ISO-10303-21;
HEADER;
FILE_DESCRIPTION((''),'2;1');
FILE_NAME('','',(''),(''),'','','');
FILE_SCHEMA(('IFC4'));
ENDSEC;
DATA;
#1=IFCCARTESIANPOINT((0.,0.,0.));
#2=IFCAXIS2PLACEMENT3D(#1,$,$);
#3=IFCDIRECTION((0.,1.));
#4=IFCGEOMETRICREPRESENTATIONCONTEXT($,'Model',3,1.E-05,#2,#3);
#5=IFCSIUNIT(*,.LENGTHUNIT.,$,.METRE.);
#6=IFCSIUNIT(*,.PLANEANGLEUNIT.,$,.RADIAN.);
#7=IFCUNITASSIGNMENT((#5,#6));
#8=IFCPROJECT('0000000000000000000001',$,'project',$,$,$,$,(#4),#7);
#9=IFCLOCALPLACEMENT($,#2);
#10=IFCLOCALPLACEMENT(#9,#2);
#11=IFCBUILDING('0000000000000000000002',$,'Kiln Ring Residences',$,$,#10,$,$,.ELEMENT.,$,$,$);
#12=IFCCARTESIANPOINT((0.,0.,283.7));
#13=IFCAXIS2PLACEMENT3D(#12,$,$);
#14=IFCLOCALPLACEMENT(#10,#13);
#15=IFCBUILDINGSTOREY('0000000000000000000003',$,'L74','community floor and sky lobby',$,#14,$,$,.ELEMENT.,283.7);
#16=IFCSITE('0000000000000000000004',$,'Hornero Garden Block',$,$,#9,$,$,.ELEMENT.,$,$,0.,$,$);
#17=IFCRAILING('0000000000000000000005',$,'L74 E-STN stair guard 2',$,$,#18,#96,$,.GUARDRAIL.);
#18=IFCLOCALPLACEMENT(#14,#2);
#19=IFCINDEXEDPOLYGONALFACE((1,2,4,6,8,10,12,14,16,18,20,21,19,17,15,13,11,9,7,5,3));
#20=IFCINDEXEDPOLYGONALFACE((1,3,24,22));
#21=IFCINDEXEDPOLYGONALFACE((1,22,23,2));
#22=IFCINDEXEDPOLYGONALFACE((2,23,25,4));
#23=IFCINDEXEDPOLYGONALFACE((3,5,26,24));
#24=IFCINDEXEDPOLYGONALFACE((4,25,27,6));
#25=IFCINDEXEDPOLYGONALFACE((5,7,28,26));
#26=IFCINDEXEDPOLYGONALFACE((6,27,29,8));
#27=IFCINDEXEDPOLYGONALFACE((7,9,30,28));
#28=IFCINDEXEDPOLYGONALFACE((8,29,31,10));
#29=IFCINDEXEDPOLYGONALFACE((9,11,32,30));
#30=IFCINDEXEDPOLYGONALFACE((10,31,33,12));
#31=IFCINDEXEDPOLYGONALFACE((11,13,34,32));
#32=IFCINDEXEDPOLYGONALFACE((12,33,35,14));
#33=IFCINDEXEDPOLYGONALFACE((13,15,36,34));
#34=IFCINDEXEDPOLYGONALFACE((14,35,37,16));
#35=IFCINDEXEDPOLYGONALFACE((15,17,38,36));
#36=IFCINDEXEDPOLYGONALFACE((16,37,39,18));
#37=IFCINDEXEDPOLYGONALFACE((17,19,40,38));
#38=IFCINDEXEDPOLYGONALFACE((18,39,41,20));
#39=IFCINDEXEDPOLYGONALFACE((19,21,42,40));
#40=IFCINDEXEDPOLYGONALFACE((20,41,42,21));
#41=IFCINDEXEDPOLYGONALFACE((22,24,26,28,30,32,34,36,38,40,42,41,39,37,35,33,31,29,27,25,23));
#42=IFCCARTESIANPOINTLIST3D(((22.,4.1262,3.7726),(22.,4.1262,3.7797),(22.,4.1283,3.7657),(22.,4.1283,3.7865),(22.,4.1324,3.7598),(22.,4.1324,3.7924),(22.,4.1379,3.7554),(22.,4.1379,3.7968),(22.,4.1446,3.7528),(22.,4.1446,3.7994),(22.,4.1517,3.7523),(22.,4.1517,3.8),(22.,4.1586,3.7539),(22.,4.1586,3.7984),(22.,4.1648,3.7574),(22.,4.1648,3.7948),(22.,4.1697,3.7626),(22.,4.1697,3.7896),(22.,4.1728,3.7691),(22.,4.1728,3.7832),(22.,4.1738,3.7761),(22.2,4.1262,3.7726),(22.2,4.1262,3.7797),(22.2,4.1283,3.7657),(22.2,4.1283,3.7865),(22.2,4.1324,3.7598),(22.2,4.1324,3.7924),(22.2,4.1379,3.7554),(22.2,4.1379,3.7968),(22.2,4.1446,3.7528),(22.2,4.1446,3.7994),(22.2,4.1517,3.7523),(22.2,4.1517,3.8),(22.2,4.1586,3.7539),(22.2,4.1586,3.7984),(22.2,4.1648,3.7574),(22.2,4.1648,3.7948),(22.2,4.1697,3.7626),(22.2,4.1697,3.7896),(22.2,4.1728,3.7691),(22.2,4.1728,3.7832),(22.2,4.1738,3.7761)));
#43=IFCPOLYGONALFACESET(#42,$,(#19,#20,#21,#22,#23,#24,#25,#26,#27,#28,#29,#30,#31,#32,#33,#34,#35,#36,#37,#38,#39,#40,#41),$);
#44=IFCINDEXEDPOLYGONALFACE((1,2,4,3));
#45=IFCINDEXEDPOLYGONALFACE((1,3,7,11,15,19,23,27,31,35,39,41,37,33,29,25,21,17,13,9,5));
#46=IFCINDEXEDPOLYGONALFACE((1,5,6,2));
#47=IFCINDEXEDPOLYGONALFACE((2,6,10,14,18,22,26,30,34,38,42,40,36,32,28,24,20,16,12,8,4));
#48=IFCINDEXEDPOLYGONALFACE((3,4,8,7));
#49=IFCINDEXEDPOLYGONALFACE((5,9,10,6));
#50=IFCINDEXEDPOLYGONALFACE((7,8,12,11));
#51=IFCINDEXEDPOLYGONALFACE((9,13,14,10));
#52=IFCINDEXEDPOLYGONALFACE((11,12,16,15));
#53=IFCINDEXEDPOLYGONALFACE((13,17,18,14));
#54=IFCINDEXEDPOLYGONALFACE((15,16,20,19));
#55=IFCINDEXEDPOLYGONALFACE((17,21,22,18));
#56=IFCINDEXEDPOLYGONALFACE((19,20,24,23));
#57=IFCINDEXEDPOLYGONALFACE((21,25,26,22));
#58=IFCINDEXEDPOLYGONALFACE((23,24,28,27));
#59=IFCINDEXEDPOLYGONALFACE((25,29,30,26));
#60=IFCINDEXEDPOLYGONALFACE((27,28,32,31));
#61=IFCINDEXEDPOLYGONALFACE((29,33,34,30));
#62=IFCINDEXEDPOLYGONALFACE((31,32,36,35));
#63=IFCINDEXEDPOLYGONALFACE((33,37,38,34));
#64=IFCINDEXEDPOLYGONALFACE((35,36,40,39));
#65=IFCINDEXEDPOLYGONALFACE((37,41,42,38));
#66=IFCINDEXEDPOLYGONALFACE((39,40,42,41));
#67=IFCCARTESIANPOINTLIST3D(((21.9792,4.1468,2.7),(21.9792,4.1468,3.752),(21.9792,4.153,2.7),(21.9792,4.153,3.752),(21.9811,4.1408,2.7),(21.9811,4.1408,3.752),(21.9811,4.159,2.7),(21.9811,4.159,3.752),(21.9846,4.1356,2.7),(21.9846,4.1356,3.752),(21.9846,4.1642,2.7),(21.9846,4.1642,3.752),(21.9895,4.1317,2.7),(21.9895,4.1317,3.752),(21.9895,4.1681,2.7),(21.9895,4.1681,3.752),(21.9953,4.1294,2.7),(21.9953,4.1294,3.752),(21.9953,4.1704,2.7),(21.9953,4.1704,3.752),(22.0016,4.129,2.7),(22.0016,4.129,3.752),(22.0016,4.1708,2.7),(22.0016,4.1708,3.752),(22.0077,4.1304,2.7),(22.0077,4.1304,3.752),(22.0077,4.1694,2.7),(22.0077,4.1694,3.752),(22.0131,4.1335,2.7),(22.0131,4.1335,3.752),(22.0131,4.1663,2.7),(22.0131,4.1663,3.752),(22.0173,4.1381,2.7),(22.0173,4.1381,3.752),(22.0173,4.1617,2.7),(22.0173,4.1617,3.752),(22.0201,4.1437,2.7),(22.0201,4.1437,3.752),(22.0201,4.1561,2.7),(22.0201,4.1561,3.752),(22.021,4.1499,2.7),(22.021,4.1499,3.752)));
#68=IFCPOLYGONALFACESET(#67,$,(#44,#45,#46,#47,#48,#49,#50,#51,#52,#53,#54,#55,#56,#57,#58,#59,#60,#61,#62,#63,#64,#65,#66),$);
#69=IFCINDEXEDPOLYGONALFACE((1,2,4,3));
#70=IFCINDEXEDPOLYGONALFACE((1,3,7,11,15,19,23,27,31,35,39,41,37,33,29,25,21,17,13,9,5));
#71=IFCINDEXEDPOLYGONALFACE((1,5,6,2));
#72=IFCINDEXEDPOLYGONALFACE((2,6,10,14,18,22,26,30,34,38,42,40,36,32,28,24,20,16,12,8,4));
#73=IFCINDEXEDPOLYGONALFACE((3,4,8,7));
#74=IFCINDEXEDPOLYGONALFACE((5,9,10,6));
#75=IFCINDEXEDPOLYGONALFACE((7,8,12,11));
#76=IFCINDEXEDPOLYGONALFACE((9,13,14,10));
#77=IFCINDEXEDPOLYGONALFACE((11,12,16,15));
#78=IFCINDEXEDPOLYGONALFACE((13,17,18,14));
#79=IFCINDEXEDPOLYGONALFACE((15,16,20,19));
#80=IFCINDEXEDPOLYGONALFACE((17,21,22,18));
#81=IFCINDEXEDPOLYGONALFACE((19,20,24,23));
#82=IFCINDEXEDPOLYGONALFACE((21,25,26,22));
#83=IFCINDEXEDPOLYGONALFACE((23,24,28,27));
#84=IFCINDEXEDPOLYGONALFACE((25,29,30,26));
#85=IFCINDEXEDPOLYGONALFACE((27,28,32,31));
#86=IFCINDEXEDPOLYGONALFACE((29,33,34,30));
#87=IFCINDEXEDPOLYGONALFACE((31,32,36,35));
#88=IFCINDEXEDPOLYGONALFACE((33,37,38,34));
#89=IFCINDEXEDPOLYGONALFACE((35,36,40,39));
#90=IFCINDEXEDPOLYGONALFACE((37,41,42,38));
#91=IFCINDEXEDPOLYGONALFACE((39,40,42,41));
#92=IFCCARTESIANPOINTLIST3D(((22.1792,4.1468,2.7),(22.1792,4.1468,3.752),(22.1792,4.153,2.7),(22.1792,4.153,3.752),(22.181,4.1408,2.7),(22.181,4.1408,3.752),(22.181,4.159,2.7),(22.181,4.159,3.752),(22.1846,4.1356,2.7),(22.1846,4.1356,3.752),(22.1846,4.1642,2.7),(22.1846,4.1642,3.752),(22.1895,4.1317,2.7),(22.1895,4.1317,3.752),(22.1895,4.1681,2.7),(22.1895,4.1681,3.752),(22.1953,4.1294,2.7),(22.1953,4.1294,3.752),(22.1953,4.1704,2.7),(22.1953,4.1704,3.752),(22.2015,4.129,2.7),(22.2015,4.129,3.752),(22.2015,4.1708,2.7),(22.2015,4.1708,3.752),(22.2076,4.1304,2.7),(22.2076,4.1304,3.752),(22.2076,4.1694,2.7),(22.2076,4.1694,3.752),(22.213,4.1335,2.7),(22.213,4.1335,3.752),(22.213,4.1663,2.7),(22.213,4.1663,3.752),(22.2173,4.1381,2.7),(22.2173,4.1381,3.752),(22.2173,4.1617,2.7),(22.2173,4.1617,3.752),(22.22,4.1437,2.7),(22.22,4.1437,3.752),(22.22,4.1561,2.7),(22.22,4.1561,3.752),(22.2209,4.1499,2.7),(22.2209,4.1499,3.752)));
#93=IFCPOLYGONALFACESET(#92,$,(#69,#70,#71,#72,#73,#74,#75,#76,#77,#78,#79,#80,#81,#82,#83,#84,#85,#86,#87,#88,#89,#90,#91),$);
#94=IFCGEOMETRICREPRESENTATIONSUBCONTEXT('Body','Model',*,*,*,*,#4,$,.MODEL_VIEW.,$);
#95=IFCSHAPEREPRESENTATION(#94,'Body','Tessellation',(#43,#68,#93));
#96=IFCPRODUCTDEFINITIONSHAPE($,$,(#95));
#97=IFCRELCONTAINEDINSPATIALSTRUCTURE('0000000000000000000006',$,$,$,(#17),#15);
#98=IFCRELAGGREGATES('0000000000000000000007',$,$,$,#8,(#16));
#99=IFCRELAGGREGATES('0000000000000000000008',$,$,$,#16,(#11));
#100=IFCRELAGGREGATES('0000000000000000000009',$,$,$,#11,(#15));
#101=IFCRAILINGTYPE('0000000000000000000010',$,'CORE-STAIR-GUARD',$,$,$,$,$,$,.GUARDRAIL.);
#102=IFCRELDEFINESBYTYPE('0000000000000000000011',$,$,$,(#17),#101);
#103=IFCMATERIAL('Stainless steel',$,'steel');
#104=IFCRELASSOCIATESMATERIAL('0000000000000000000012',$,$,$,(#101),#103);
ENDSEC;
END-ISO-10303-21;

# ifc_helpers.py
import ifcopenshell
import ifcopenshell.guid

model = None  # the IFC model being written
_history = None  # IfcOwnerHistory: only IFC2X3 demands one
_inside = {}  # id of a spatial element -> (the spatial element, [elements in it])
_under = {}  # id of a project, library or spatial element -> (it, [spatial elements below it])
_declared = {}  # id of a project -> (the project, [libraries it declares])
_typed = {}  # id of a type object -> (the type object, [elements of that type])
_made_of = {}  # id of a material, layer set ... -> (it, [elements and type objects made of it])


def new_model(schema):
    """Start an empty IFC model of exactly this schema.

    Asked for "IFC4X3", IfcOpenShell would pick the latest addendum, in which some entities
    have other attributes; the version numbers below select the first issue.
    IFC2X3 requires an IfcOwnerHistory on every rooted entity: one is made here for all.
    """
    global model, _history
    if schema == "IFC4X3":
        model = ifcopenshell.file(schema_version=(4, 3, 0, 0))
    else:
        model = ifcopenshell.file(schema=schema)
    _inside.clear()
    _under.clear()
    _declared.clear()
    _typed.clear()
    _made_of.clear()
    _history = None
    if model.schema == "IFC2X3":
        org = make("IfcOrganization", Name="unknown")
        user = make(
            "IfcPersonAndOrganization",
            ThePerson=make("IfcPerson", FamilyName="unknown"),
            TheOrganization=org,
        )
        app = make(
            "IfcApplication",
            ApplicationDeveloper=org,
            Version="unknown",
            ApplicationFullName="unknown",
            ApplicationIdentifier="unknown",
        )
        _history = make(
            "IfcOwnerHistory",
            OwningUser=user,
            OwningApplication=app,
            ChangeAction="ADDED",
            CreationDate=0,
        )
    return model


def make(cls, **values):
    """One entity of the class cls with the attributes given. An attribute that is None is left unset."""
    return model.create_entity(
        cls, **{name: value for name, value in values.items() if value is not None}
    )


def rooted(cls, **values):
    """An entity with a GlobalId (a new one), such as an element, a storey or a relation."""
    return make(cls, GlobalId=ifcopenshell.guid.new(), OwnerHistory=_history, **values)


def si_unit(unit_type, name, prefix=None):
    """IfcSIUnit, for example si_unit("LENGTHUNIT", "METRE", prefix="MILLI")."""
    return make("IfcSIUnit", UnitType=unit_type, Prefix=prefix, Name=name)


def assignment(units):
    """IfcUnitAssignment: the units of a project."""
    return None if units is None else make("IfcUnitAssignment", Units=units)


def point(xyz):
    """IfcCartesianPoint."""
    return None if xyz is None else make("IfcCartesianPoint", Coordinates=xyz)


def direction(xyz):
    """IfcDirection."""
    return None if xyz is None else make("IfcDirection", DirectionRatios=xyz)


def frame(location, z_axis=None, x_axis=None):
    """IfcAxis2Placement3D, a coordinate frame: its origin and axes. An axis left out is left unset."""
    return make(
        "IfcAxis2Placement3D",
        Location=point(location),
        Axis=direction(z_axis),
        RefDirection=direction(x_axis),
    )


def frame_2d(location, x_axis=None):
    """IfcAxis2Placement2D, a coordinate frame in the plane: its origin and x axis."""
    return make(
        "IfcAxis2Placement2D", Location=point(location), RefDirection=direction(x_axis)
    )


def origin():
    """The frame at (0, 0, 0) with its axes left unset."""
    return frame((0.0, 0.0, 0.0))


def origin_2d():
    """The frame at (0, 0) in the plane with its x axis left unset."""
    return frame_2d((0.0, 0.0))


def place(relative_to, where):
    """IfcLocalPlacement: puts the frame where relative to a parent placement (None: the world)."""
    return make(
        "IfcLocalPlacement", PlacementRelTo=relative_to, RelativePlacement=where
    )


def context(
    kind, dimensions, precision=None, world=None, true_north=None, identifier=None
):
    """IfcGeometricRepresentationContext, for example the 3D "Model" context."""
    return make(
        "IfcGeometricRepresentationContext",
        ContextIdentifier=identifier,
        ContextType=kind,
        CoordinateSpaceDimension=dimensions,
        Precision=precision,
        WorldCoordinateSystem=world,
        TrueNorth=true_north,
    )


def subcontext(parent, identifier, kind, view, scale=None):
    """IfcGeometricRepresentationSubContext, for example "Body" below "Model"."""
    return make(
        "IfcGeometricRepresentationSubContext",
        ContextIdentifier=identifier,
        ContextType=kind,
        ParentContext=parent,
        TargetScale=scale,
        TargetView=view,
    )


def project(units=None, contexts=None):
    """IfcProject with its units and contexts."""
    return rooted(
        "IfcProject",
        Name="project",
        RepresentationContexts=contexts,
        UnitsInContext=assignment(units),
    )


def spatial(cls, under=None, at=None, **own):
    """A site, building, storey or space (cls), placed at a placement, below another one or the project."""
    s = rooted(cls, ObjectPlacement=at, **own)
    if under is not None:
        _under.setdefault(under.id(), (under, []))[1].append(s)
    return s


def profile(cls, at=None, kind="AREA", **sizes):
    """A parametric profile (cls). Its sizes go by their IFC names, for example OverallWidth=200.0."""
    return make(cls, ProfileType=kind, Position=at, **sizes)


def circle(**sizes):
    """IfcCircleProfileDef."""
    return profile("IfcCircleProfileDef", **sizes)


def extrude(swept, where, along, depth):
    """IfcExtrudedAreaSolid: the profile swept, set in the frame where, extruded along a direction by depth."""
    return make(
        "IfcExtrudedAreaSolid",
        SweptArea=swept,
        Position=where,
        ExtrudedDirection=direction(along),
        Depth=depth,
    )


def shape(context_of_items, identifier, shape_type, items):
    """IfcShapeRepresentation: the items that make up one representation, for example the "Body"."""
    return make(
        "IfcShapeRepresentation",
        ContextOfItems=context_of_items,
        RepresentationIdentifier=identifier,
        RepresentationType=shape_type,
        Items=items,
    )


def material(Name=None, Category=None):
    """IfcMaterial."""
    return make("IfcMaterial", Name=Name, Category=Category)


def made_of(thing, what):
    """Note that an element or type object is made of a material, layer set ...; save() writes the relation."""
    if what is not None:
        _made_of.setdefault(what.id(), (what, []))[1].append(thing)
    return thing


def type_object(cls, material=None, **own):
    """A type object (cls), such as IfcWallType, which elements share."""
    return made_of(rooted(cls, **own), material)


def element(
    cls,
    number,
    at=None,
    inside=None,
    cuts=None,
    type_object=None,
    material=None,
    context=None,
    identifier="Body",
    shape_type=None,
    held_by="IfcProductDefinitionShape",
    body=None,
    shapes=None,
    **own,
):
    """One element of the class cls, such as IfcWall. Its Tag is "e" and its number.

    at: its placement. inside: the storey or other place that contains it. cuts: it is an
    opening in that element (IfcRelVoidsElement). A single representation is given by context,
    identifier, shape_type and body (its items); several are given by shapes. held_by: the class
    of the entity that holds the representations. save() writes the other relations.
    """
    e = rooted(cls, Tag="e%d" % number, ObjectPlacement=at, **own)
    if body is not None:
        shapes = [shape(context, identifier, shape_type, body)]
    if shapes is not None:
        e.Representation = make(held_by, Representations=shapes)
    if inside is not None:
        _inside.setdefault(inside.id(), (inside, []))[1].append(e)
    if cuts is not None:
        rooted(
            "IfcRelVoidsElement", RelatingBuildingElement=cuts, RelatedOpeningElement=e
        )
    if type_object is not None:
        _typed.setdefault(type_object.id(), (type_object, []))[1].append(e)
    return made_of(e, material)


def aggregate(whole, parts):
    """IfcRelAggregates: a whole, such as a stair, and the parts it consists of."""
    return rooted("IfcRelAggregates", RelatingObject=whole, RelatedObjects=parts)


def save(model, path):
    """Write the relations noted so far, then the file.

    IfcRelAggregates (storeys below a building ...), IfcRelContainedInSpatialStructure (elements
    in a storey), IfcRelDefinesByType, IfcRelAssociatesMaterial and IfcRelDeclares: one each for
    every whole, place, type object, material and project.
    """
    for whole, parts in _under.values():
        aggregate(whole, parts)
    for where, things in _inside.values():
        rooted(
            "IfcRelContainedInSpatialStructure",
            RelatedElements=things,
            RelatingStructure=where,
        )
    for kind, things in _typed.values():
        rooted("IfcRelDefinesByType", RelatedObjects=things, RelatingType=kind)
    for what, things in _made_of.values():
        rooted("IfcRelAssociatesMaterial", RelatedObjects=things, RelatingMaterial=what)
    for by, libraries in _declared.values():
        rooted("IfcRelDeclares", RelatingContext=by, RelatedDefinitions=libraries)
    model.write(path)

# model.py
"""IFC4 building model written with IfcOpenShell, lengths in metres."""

from ifc_helpers import new_model, si_unit, direction, frame, origin, origin_2d, place, context, subcontext, project, spatial, circle, extrude, material, type_object, element, save


model = new_model("IFC4")

# Units and contexts
model_context = context("Model", 3, precision=1e-05, world=origin(), true_north=direction((0.0, 1.0)))
body_context = subcontext(model_context, "Body", "Model", "MODEL_VIEW")
ifc_project = project(units=[si_unit("LENGTHUNIT", "METRE"), si_unit("PLANEANGLEUNIT", "RADIAN")], contexts=[model_context])

# Site, building, storey
site_placement = place(None, origin())
site = spatial("IfcSite", under=ifc_project, at=site_placement, Name="Hornero Garden Block", CompositionType="ELEMENT", RefElevation=0.0)
building_placement = place(site_placement, origin())
building = spatial("IfcBuilding", under=site, at=building_placement, Name="Kiln Ring Residences", CompositionType="ELEMENT")
storey_placement = place(building_placement, frame((0.0, 0.0, 283.7)))
storey = spatial("IfcBuildingStorey", under=building, at=storey_placement, Name="L74", Description="community floor and sky lobby", CompositionType="ELEMENT", Elevation=283.7)

# Railing
ifc_material_1 = material(Name="Stainless steel", Category="steel")
railing_type_1 = type_object("IfcRailingType", Name="CORE-STAIR-GUARD", PredefinedType="GUARDRAIL", material=ifc_material_1)
railing_1_placement = place(storey_placement, frame((22.0, 4.1499, 2.7)))
element("IfcRailing", 1, at=railing_1_placement, inside=storey, type_object=railing_type_1, Name="L74 E-STN stair guard 2", PredefinedType="GUARDRAIL", context=body_context, shape_type="SweptSolid", body=[
    extrude(circle(Radius=0.0239, at=origin_2d()), frame((0.0, 0.0, 1.0762), z_axis=(1.0, 0.0, 0.0), x_axis=(0.0, 1.0, 0.0)), (0.0, 0.0, 1.0), 0.2),
    extrude(circle(Radius=0.021, at=origin_2d()), origin(), (0.0, 0.0, 1.0), 1.052),
    extrude(circle(Radius=0.021, at=origin_2d()), frame((0.2, 0.0, 0.0)), (0.0, 0.0, 1.0), 1.052),
])

save(model, "model.ifc")
